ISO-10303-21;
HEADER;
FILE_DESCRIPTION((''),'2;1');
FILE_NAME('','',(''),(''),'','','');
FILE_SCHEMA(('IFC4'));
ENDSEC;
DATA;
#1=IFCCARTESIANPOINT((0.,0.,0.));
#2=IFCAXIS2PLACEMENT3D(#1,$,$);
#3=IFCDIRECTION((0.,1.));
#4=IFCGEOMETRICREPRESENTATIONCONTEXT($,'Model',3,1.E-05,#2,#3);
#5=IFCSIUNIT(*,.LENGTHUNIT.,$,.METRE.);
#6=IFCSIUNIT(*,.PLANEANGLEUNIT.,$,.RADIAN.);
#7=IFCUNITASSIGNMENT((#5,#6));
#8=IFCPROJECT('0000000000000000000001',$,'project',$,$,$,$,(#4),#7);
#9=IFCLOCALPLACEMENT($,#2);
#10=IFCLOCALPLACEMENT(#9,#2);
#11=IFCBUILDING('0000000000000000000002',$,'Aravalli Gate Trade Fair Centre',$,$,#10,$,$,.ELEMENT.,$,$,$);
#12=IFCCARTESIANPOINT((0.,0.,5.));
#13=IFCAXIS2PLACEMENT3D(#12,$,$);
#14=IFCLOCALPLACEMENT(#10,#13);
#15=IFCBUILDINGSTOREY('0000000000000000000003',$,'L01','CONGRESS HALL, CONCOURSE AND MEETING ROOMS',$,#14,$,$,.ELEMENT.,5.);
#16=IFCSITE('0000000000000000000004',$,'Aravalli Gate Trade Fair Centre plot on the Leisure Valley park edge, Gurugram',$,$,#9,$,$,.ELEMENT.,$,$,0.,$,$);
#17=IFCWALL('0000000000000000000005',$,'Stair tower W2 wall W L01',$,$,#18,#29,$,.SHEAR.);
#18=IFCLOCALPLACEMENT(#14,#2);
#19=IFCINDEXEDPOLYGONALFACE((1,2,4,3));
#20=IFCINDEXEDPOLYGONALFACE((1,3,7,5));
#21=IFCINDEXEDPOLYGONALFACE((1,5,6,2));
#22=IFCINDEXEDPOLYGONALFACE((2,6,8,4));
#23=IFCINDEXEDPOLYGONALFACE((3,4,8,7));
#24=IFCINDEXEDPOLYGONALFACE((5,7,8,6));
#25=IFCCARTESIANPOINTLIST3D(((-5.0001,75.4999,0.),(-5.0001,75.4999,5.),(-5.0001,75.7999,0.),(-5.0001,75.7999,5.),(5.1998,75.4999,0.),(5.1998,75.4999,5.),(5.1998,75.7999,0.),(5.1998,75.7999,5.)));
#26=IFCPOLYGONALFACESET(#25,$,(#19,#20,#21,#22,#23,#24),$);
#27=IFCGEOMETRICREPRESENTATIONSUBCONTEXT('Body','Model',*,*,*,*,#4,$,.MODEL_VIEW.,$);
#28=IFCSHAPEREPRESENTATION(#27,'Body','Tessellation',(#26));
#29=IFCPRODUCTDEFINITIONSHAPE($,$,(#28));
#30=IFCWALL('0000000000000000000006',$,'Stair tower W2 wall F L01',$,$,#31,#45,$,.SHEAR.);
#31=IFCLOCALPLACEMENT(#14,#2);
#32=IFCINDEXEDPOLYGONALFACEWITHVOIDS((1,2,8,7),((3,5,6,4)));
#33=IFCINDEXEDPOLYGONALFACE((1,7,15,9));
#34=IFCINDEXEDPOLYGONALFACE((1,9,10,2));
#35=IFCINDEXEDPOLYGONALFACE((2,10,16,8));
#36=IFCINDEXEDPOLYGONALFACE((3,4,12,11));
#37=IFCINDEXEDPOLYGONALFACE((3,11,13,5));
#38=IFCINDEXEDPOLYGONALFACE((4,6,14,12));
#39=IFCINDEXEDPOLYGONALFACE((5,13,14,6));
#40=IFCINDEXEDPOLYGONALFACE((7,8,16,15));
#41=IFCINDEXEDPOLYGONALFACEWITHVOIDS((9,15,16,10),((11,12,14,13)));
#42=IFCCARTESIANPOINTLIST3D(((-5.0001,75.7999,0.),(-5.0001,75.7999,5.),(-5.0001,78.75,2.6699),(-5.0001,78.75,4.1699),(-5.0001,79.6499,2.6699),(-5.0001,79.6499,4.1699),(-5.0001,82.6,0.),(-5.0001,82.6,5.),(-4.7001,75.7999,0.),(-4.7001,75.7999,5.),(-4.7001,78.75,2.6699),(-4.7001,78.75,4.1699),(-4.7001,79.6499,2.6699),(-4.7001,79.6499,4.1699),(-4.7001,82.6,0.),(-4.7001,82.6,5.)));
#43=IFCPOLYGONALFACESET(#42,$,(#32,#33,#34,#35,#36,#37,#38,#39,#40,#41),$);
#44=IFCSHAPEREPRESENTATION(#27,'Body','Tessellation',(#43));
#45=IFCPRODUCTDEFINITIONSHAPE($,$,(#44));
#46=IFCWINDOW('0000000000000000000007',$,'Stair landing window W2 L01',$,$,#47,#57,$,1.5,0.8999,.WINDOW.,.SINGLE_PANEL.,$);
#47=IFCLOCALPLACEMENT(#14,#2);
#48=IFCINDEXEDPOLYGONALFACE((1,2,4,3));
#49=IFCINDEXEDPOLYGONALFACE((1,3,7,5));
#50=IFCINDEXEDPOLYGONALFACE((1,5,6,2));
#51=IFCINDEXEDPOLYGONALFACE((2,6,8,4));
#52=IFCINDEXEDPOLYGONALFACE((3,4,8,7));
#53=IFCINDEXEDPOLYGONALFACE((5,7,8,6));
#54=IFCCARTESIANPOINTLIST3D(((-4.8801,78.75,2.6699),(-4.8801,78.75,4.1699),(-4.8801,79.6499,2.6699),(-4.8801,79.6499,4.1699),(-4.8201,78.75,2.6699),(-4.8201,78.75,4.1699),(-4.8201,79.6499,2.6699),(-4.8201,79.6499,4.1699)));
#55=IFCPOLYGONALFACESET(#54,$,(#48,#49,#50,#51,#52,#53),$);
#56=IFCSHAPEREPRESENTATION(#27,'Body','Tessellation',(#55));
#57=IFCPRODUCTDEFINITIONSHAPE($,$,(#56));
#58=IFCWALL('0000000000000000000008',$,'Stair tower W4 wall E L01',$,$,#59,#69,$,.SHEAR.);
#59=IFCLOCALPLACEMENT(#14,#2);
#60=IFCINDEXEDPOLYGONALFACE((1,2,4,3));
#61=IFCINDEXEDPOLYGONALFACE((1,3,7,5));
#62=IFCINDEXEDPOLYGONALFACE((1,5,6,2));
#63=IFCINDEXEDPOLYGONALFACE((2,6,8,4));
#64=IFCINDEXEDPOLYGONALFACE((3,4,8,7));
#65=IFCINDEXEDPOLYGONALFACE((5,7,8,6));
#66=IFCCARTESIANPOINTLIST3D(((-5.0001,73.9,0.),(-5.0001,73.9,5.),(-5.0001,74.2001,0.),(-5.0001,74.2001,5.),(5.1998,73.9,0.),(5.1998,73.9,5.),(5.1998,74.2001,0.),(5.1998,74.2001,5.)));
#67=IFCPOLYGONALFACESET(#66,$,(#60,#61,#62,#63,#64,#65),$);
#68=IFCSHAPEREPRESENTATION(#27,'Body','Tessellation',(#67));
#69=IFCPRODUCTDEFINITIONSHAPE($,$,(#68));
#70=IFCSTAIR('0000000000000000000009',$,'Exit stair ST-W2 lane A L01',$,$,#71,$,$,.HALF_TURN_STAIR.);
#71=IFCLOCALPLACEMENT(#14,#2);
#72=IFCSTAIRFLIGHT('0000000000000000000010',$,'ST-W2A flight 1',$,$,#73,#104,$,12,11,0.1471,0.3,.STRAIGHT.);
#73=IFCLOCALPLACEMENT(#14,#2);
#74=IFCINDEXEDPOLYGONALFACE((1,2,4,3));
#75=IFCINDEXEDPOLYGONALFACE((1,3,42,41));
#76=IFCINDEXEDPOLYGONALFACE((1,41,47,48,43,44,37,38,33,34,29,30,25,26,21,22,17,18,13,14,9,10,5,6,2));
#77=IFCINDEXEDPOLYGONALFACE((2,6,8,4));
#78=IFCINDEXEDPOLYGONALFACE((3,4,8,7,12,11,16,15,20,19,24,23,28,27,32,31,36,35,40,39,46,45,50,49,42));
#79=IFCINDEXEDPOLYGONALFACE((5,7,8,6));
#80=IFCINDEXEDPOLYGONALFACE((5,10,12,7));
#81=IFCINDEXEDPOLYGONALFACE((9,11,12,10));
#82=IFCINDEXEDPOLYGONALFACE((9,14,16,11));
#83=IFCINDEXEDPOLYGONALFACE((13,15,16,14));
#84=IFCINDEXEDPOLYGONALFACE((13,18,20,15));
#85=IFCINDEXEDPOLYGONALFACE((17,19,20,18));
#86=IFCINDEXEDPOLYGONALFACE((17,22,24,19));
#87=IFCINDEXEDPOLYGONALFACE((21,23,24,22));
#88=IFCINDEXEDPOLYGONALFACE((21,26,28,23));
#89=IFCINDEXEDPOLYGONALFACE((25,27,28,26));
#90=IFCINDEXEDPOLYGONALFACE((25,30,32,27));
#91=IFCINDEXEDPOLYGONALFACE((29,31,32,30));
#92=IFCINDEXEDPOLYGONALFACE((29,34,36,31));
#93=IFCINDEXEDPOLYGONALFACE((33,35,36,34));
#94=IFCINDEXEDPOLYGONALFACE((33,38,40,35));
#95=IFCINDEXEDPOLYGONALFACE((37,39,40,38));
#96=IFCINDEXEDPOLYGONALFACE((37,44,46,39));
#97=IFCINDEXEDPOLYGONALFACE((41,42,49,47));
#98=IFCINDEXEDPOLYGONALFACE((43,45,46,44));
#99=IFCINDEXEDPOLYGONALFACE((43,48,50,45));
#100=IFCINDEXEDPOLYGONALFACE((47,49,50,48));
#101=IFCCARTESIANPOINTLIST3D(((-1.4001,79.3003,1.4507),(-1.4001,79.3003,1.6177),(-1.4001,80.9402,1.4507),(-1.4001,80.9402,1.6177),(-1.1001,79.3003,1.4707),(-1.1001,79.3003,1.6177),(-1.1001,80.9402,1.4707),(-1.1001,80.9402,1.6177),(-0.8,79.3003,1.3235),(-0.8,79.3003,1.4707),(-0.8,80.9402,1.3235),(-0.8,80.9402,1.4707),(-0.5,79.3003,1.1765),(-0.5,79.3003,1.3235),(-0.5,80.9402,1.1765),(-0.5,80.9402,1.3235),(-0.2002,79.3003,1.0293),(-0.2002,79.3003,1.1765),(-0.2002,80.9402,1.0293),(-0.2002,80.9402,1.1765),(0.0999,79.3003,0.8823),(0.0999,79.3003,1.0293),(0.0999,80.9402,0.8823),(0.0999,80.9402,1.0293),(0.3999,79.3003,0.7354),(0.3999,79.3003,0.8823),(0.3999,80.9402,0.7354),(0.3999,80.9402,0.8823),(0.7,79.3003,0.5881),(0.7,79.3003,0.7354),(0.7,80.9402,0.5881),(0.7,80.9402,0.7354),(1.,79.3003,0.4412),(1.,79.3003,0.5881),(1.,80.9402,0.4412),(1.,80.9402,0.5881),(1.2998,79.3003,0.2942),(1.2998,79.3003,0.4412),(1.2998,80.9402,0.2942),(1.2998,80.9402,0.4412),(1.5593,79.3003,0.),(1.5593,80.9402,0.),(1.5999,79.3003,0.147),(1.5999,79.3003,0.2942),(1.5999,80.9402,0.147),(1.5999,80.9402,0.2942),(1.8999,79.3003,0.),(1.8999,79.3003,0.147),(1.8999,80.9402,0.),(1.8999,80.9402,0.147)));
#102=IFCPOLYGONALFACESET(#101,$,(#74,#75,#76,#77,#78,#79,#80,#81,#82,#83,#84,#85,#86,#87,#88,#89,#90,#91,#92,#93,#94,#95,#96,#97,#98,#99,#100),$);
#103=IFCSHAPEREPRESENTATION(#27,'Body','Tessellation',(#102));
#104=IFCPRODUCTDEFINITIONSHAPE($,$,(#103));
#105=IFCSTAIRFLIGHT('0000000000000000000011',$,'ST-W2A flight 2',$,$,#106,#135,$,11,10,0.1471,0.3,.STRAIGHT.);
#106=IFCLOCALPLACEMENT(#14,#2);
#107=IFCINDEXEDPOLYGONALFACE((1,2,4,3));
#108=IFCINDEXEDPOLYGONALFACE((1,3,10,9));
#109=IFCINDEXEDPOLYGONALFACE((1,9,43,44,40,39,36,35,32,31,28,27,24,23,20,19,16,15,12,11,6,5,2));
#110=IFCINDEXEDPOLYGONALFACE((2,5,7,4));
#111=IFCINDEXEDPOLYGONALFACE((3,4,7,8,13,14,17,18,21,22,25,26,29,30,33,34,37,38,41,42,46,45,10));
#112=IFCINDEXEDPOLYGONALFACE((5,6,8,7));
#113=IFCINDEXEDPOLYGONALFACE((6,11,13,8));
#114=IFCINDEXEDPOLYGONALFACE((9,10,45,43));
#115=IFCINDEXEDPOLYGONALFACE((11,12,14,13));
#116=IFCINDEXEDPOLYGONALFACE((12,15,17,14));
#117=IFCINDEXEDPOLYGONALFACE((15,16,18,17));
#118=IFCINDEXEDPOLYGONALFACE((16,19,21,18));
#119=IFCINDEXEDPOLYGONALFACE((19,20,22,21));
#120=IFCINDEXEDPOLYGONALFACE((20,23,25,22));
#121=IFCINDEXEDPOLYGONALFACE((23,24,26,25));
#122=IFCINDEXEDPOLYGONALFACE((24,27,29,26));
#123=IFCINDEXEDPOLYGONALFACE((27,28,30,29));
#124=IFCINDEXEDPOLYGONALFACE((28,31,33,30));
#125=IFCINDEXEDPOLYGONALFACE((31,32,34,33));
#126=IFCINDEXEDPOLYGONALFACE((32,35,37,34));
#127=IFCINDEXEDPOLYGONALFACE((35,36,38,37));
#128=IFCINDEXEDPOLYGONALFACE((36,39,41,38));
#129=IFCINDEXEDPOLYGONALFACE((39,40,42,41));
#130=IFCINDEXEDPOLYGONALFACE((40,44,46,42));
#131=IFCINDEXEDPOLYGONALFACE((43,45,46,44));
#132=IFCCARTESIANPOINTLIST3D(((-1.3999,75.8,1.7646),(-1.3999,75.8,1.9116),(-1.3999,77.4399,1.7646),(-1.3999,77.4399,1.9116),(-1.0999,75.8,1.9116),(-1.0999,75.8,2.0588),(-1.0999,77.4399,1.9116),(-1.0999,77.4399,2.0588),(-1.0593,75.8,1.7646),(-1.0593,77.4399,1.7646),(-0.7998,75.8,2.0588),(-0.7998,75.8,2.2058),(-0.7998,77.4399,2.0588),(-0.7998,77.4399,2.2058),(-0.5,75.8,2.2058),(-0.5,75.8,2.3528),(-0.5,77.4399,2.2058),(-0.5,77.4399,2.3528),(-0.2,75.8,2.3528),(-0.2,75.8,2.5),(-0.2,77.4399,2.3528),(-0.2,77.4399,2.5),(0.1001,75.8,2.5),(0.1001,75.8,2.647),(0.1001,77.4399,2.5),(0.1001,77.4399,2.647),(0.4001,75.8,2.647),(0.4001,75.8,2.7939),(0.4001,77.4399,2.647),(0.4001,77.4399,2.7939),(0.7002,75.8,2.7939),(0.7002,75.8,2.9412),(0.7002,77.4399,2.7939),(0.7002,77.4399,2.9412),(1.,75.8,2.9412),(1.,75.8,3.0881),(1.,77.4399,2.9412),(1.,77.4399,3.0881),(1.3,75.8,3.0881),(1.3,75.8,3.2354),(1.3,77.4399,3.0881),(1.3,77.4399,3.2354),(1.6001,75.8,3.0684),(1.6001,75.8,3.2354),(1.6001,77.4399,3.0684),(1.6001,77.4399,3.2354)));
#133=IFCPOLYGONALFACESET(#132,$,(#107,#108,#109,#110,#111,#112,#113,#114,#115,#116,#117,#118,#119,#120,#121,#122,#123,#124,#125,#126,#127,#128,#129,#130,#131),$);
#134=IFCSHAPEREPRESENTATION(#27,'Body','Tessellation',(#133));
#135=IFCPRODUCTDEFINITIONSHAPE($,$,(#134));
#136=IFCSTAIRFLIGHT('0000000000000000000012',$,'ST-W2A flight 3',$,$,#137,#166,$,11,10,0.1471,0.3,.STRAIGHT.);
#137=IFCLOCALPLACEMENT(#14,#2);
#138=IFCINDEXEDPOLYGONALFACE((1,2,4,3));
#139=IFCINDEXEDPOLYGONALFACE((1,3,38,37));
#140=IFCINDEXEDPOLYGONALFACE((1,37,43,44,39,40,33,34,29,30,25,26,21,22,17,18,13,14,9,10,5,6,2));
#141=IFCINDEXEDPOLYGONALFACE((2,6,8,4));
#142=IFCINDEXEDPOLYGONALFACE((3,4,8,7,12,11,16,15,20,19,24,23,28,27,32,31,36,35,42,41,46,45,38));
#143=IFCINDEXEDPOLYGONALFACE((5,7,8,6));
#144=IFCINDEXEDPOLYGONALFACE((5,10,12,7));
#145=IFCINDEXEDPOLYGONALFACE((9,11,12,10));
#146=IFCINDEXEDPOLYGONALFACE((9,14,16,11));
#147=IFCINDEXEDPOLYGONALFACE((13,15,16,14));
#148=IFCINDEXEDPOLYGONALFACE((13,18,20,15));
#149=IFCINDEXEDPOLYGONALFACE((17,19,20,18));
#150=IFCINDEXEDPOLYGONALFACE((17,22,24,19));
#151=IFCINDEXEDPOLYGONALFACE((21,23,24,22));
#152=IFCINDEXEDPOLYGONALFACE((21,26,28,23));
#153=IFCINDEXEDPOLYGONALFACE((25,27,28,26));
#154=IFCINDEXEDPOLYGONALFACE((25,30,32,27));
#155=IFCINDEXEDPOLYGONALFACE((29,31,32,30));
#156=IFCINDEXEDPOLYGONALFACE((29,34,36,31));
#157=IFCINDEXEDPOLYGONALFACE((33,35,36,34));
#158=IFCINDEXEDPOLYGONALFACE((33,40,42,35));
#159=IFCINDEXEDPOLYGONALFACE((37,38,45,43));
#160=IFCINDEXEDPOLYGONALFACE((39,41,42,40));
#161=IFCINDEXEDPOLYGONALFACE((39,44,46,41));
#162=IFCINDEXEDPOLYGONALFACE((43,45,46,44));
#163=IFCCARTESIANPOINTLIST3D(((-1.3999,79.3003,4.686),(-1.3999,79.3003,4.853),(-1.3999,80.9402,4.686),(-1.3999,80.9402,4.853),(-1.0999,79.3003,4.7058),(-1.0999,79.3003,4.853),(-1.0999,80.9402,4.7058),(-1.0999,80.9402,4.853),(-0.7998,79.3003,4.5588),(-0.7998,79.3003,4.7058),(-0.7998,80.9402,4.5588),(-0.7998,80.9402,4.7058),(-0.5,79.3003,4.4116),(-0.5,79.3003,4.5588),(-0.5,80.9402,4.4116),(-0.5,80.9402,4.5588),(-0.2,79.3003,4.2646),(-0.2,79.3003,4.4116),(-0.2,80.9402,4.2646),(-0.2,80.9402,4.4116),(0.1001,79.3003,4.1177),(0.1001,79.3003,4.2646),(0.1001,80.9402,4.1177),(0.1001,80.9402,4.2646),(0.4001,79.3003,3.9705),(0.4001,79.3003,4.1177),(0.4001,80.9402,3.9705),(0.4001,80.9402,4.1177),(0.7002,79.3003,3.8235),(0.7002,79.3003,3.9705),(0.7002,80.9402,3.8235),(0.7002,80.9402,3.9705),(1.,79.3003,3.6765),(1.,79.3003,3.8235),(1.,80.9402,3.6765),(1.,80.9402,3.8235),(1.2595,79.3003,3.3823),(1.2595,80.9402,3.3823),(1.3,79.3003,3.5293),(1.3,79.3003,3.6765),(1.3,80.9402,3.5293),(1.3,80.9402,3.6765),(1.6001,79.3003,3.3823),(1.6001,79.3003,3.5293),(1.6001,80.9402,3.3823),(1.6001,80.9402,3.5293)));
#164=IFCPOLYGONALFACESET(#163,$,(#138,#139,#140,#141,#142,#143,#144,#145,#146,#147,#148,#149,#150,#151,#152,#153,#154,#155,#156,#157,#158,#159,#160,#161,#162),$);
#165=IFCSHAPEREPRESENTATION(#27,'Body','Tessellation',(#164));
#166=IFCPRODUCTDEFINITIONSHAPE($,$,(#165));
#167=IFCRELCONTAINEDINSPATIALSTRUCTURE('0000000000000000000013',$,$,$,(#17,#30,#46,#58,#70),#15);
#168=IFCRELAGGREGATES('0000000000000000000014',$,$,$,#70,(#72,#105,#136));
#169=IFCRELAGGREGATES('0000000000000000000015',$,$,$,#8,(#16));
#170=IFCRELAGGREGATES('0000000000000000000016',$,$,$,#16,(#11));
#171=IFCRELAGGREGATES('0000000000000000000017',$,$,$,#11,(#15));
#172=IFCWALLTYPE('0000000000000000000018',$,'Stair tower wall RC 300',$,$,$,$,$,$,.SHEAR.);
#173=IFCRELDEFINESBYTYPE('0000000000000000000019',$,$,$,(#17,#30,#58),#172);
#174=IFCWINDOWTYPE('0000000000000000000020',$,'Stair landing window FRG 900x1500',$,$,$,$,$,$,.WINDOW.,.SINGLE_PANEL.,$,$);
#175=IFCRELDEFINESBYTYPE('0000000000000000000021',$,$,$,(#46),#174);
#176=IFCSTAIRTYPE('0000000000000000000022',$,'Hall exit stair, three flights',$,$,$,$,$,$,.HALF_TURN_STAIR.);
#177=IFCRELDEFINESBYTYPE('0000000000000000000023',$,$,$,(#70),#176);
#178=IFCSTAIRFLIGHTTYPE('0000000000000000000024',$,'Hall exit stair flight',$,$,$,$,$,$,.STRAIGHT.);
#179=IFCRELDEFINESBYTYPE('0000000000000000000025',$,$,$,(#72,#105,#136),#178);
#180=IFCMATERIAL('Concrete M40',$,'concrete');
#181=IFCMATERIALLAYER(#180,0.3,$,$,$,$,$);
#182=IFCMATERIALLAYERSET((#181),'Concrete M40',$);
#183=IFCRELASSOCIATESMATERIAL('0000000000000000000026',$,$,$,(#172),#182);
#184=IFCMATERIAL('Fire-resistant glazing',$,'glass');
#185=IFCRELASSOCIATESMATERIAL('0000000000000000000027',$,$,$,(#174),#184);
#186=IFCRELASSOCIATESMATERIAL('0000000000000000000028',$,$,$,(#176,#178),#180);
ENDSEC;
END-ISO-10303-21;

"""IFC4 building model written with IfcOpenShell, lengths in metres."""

from ifc_helpers import new_model, si_unit, direction, frame, frame_2d, origin, place, context, subcontext, project, spatial, polyline, rectangle, outline, extrude, material, layer, layer_set, type_object, element, fill, aggregate, save


model = new_model("IFC4")

# Units and contexts
model_context = context("Model", 3, precision=1e-05, world=origin(), true_north=direction((0.0, 1.0)))
body_context = subcontext(model_context, "Body", "Model", "MODEL_VIEW")
ifc_project = project(units=[si_unit("LENGTHUNIT", "METRE"), si_unit("PLANEANGLEUNIT", "RADIAN")], contexts=[model_context])

# Site, building, storey
site_placement = place(None, origin())
site = spatial("IfcSite", under=ifc_project, at=site_placement, Name="Aravalli Gate Trade Fair Centre plot on the Leisure Valley park edge, Gurugram", CompositionType="ELEMENT", RefElevation=0.0)
building_placement = place(site_placement, origin())
building = spatial("IfcBuilding", under=site, at=building_placement, Name="Aravalli Gate Trade Fair Centre", CompositionType="ELEMENT")
storey_placement = place(building_placement, frame((0.0, 0.0, 5.0)))
storey = spatial("IfcBuildingStorey", under=building, at=storey_placement, Name="L01", Description="CONGRESS HALL, CONCOURSE AND MEETING ROOMS", CompositionType="ELEMENT", Elevation=5.0)

# Wall
ifc_material_1 = material(Name="Concrete M40", Category="concrete")
ifc_layer = layer(ifc_material_1, 0.3)
ifc_layer_set = layer_set([ifc_layer], Name="Concrete M40")
wall_type = type_object("IfcWallType", Name="Stair tower wall RC 300", PredefinedType="SHEAR", material=ifc_layer_set)
wall_1_placement = place(storey_placement, frame((5.2, 75.6499, 0.0), z_axis=(0.0, 0.0, 1.0), x_axis=(-1.0, 0.0, 0.0)))
element("IfcWall", 1, at=wall_1_placement, inside=storey, type_object=wall_type, Name="Stair tower W2 wall W L01", PredefinedType="SHEAR", context=body_context, shape_type="SweptSolid", body=[
    extrude(rectangle(XDim=10.2, YDim=0.3, at=frame_2d((5.1001, 0.0))), origin(), (0.0, 0.0, 1.0), 5.0),
])

# Wall, opening, window
wall_2_placement = place(storey_placement, frame((-4.8501, 75.8, 0.0), z_axis=(0.0, 0.0, 1.0), x_axis=(0.0, 1.0, 0.0)))
wall_2 = element("IfcWall", 2, at=wall_2_placement, inside=storey, type_object=wall_type, Name="Stair tower W2 wall F L01", PredefinedType="SHEAR", context=body_context, shape_type="SweptSolid", body=[
    extrude(rectangle(XDim=6.8, YDim=0.3, at=frame_2d((3.3999, 0.0))), origin(), (0.0, 0.0, 1.0), 5.0),
])
opening_placement = place(wall_2_placement, frame((2.95, 0.0, 2.6699)))
opening = element("IfcOpeningElement", 3, at=opening_placement, cuts=wall_2, PredefinedType="OPENING", context=body_context, shape_type="SweptSolid", body=[
    extrude(rectangle(XDim=0.8999, YDim=1.5, at=frame_2d((0.45, 0.75))), frame((0.0, 0.1599, 0.0), z_axis=(0.0, -1.0, 0.0), x_axis=(1.0, 0.0, 0.0)), (0.0, 0.0, 1.0), 0.3201),
])
ifc_material_2 = material(Name="Fire-resistant glazing", Category="glass")
window_type = type_object("IfcWindowType", Name="Stair landing window FRG 900x1500", PartitioningType="SINGLE_PANEL", PredefinedType="WINDOW", material=ifc_material_2)
window_placement = place(opening_placement, origin())
window = element("IfcWindow", 4, at=window_placement, inside=storey, type_object=window_type, Name="Stair landing window W2 L01", OverallHeight=1.5, OverallWidth=0.8999, PartitioningType="SINGLE_PANEL", PredefinedType="WINDOW", context=body_context, shape_type="SweptSolid", body=[
    extrude(rectangle(XDim=0.8999, YDim=1.5, at=frame_2d((0.45, 0.75))), frame((0.0, 0.03, 0.0), z_axis=(0.0, -1.0, 0.0), x_axis=(1.0, 0.0, 0.0)), (0.0, 0.0, 1.0), 0.0601),
])
fill(opening, window)

# Wall
wall_3_placement = place(storey_placement, frame((5.2, 74.05, 0.0), z_axis=(0.0, 0.0, 1.0), x_axis=(-1.0, 0.0, 0.0)))
element("IfcWall", 5, at=wall_3_placement, inside=storey, type_object=wall_type, Name="Stair tower W4 wall E L01", PredefinedType="SHEAR", context=body_context, shape_type="SweptSolid", body=[
    extrude(rectangle(XDim=10.2, YDim=0.3, at=frame_2d((5.1001, 0.0))), origin(), (0.0, 0.0, 1.0), 5.0),
])

# Stair, stair flights
stair_type = type_object("IfcStairType", Name="Hall exit stair, three flights", PredefinedType="HALF_TURN_STAIR", material=ifc_material_1)
stair_1_placement = place(storey_placement, origin())
stair_1 = element("IfcStair", 6, at=stair_1_placement, inside=storey, type_object=stair_type, Name="Exit stair ST-W2 lane A L01", PredefinedType="HALF_TURN_STAIR")
stair_flight_type = type_object("IfcStairFlightType", Name="Hall exit stair flight", PredefinedType="STRAIGHT", material=ifc_material_1)
stair_flight_1_placement = place(storey_placement, frame((1.8999, 80.1201, 0.0), z_axis=(0.0, 0.0, 1.0), x_axis=(-1.0, 0.0, 0.0)))
stair_flight_1 = element("IfcStairFlight", 7, at=stair_flight_1_placement, type_object=stair_flight_type, Name="ST-W2A flight 1", NumberOfRisers=12, NumberOfTreads=11, PredefinedType="STRAIGHT", RiserHeight=0.1471, TreadLength=0.3, context=body_context, shape_type="SweptSolid", body=[
    extrude(outline(polyline([(0.0, 0.0), (0.0, 0.147), (0.3, 0.147), (0.3, 0.2942), (0.6001, 0.2942), (0.6001, 0.4412), (0.8999, 0.4412), (0.8999, 0.5881), (1.2, 0.5881), (1.2, 0.7354), (1.5, 0.7354), (1.5, 0.8823), (1.8, 0.8823), (1.8, 1.0293), (2.1001, 1.0293), (2.1001, 1.1765), (2.3999, 1.1765), (2.3999, 1.3235), (2.7, 1.3235), (2.7, 1.4707), (3.0, 1.4707), (3.0, 1.6177), (3.3, 1.6177), (3.3, 1.7646), (3.3, 1.4507), (0.3406, 0.0), (0.0, 0.0)])), frame((0.0, 0.8198, 0.0), z_axis=(0.0, -1.0, 0.0), x_axis=(1.0, 0.0, 0.0)), (0.0, 0.0, 1.0), 1.6399),
])
stair_flight_2_placement = place(storey_placement, frame((-1.3999, 76.6201, 1.7646), z_axis=(0.0, 0.0, 1.0), x_axis=(1.0, 0.0, 0.0)))
stair_flight_2 = element("IfcStairFlight", 8, at=stair_flight_2_placement, type_object=stair_flight_type, Name="ST-W2A flight 2", NumberOfRisers=11, NumberOfTreads=10, PredefinedType="STRAIGHT", RiserHeight=0.1471, TreadLength=0.3, context=body_context, shape_type="SweptSolid", body=[
    extrude(outline(polyline([(0.0, 0.0), (0.0, 0.147), (0.3, 0.147), (0.3, 0.2942), (0.6001, 0.2942), (0.6001, 0.4412), (0.8999, 0.4412), (0.8999, 0.5881), (1.2, 0.5881), (1.2, 0.7354), (1.5, 0.7354), (1.5, 0.8823), (1.8, 0.8823), (1.8, 1.0293), (2.1001, 1.0293), (2.1001, 1.1765), (2.3999, 1.1765), (2.3999, 1.3235), (2.7, 1.3235), (2.7, 1.4707), (3.0, 1.4707), (3.0, 1.6177), (3.0, 1.3037), (0.3406, 0.0), (0.0, 0.0)])), frame((0.0, 0.8198, 0.0), z_axis=(0.0, -1.0, 0.0), x_axis=(1.0, 0.0, 0.0)), (0.0, 0.0, 1.0), 1.6399),
])
stair_flight_3_placement = place(storey_placement, frame((1.6001, 80.1201, 3.3823), z_axis=(0.0, 0.0, 1.0), x_axis=(-1.0, 0.0, 0.0)))
stair_flight_3 = element("IfcStairFlight", 9, at=stair_flight_3_placement, type_object=stair_flight_type, Name="ST-W2A flight 3", NumberOfRisers=11, NumberOfTreads=10, PredefinedType="STRAIGHT", RiserHeight=0.1471, TreadLength=0.3, context=body_context, shape_type="SweptSolid", body=[
    extrude(outline(polyline([(0.0, 0.0), (0.0, 0.147), (0.3, 0.147), (0.3, 0.2942), (0.6001, 0.2942), (0.6001, 0.4412), (0.8999, 0.4412), (0.8999, 0.5881), (1.2, 0.5881), (1.2, 0.7354), (1.5, 0.7354), (1.5, 0.8823), (1.8, 0.8823), (1.8, 1.0293), (2.1001, 1.0293), (2.1001, 1.1765), (2.3999, 1.1765), (2.3999, 1.3235), (2.7, 1.3235), (2.7, 1.4707), (3.0, 1.4707), (3.0, 1.6177), (3.0, 1.3037), (0.3406, 0.0), (0.0, 0.0)])), frame((0.0, 0.8198, 0.0), z_axis=(0.0, -1.0, 0.0), x_axis=(1.0, 0.0, 0.0)), (0.0, 0.0, 1.0), 1.6399),
])
aggregate(stair_1, [stair_flight_1, stair_flight_2, stair_flight_3])

save(model, "model.ifc")
